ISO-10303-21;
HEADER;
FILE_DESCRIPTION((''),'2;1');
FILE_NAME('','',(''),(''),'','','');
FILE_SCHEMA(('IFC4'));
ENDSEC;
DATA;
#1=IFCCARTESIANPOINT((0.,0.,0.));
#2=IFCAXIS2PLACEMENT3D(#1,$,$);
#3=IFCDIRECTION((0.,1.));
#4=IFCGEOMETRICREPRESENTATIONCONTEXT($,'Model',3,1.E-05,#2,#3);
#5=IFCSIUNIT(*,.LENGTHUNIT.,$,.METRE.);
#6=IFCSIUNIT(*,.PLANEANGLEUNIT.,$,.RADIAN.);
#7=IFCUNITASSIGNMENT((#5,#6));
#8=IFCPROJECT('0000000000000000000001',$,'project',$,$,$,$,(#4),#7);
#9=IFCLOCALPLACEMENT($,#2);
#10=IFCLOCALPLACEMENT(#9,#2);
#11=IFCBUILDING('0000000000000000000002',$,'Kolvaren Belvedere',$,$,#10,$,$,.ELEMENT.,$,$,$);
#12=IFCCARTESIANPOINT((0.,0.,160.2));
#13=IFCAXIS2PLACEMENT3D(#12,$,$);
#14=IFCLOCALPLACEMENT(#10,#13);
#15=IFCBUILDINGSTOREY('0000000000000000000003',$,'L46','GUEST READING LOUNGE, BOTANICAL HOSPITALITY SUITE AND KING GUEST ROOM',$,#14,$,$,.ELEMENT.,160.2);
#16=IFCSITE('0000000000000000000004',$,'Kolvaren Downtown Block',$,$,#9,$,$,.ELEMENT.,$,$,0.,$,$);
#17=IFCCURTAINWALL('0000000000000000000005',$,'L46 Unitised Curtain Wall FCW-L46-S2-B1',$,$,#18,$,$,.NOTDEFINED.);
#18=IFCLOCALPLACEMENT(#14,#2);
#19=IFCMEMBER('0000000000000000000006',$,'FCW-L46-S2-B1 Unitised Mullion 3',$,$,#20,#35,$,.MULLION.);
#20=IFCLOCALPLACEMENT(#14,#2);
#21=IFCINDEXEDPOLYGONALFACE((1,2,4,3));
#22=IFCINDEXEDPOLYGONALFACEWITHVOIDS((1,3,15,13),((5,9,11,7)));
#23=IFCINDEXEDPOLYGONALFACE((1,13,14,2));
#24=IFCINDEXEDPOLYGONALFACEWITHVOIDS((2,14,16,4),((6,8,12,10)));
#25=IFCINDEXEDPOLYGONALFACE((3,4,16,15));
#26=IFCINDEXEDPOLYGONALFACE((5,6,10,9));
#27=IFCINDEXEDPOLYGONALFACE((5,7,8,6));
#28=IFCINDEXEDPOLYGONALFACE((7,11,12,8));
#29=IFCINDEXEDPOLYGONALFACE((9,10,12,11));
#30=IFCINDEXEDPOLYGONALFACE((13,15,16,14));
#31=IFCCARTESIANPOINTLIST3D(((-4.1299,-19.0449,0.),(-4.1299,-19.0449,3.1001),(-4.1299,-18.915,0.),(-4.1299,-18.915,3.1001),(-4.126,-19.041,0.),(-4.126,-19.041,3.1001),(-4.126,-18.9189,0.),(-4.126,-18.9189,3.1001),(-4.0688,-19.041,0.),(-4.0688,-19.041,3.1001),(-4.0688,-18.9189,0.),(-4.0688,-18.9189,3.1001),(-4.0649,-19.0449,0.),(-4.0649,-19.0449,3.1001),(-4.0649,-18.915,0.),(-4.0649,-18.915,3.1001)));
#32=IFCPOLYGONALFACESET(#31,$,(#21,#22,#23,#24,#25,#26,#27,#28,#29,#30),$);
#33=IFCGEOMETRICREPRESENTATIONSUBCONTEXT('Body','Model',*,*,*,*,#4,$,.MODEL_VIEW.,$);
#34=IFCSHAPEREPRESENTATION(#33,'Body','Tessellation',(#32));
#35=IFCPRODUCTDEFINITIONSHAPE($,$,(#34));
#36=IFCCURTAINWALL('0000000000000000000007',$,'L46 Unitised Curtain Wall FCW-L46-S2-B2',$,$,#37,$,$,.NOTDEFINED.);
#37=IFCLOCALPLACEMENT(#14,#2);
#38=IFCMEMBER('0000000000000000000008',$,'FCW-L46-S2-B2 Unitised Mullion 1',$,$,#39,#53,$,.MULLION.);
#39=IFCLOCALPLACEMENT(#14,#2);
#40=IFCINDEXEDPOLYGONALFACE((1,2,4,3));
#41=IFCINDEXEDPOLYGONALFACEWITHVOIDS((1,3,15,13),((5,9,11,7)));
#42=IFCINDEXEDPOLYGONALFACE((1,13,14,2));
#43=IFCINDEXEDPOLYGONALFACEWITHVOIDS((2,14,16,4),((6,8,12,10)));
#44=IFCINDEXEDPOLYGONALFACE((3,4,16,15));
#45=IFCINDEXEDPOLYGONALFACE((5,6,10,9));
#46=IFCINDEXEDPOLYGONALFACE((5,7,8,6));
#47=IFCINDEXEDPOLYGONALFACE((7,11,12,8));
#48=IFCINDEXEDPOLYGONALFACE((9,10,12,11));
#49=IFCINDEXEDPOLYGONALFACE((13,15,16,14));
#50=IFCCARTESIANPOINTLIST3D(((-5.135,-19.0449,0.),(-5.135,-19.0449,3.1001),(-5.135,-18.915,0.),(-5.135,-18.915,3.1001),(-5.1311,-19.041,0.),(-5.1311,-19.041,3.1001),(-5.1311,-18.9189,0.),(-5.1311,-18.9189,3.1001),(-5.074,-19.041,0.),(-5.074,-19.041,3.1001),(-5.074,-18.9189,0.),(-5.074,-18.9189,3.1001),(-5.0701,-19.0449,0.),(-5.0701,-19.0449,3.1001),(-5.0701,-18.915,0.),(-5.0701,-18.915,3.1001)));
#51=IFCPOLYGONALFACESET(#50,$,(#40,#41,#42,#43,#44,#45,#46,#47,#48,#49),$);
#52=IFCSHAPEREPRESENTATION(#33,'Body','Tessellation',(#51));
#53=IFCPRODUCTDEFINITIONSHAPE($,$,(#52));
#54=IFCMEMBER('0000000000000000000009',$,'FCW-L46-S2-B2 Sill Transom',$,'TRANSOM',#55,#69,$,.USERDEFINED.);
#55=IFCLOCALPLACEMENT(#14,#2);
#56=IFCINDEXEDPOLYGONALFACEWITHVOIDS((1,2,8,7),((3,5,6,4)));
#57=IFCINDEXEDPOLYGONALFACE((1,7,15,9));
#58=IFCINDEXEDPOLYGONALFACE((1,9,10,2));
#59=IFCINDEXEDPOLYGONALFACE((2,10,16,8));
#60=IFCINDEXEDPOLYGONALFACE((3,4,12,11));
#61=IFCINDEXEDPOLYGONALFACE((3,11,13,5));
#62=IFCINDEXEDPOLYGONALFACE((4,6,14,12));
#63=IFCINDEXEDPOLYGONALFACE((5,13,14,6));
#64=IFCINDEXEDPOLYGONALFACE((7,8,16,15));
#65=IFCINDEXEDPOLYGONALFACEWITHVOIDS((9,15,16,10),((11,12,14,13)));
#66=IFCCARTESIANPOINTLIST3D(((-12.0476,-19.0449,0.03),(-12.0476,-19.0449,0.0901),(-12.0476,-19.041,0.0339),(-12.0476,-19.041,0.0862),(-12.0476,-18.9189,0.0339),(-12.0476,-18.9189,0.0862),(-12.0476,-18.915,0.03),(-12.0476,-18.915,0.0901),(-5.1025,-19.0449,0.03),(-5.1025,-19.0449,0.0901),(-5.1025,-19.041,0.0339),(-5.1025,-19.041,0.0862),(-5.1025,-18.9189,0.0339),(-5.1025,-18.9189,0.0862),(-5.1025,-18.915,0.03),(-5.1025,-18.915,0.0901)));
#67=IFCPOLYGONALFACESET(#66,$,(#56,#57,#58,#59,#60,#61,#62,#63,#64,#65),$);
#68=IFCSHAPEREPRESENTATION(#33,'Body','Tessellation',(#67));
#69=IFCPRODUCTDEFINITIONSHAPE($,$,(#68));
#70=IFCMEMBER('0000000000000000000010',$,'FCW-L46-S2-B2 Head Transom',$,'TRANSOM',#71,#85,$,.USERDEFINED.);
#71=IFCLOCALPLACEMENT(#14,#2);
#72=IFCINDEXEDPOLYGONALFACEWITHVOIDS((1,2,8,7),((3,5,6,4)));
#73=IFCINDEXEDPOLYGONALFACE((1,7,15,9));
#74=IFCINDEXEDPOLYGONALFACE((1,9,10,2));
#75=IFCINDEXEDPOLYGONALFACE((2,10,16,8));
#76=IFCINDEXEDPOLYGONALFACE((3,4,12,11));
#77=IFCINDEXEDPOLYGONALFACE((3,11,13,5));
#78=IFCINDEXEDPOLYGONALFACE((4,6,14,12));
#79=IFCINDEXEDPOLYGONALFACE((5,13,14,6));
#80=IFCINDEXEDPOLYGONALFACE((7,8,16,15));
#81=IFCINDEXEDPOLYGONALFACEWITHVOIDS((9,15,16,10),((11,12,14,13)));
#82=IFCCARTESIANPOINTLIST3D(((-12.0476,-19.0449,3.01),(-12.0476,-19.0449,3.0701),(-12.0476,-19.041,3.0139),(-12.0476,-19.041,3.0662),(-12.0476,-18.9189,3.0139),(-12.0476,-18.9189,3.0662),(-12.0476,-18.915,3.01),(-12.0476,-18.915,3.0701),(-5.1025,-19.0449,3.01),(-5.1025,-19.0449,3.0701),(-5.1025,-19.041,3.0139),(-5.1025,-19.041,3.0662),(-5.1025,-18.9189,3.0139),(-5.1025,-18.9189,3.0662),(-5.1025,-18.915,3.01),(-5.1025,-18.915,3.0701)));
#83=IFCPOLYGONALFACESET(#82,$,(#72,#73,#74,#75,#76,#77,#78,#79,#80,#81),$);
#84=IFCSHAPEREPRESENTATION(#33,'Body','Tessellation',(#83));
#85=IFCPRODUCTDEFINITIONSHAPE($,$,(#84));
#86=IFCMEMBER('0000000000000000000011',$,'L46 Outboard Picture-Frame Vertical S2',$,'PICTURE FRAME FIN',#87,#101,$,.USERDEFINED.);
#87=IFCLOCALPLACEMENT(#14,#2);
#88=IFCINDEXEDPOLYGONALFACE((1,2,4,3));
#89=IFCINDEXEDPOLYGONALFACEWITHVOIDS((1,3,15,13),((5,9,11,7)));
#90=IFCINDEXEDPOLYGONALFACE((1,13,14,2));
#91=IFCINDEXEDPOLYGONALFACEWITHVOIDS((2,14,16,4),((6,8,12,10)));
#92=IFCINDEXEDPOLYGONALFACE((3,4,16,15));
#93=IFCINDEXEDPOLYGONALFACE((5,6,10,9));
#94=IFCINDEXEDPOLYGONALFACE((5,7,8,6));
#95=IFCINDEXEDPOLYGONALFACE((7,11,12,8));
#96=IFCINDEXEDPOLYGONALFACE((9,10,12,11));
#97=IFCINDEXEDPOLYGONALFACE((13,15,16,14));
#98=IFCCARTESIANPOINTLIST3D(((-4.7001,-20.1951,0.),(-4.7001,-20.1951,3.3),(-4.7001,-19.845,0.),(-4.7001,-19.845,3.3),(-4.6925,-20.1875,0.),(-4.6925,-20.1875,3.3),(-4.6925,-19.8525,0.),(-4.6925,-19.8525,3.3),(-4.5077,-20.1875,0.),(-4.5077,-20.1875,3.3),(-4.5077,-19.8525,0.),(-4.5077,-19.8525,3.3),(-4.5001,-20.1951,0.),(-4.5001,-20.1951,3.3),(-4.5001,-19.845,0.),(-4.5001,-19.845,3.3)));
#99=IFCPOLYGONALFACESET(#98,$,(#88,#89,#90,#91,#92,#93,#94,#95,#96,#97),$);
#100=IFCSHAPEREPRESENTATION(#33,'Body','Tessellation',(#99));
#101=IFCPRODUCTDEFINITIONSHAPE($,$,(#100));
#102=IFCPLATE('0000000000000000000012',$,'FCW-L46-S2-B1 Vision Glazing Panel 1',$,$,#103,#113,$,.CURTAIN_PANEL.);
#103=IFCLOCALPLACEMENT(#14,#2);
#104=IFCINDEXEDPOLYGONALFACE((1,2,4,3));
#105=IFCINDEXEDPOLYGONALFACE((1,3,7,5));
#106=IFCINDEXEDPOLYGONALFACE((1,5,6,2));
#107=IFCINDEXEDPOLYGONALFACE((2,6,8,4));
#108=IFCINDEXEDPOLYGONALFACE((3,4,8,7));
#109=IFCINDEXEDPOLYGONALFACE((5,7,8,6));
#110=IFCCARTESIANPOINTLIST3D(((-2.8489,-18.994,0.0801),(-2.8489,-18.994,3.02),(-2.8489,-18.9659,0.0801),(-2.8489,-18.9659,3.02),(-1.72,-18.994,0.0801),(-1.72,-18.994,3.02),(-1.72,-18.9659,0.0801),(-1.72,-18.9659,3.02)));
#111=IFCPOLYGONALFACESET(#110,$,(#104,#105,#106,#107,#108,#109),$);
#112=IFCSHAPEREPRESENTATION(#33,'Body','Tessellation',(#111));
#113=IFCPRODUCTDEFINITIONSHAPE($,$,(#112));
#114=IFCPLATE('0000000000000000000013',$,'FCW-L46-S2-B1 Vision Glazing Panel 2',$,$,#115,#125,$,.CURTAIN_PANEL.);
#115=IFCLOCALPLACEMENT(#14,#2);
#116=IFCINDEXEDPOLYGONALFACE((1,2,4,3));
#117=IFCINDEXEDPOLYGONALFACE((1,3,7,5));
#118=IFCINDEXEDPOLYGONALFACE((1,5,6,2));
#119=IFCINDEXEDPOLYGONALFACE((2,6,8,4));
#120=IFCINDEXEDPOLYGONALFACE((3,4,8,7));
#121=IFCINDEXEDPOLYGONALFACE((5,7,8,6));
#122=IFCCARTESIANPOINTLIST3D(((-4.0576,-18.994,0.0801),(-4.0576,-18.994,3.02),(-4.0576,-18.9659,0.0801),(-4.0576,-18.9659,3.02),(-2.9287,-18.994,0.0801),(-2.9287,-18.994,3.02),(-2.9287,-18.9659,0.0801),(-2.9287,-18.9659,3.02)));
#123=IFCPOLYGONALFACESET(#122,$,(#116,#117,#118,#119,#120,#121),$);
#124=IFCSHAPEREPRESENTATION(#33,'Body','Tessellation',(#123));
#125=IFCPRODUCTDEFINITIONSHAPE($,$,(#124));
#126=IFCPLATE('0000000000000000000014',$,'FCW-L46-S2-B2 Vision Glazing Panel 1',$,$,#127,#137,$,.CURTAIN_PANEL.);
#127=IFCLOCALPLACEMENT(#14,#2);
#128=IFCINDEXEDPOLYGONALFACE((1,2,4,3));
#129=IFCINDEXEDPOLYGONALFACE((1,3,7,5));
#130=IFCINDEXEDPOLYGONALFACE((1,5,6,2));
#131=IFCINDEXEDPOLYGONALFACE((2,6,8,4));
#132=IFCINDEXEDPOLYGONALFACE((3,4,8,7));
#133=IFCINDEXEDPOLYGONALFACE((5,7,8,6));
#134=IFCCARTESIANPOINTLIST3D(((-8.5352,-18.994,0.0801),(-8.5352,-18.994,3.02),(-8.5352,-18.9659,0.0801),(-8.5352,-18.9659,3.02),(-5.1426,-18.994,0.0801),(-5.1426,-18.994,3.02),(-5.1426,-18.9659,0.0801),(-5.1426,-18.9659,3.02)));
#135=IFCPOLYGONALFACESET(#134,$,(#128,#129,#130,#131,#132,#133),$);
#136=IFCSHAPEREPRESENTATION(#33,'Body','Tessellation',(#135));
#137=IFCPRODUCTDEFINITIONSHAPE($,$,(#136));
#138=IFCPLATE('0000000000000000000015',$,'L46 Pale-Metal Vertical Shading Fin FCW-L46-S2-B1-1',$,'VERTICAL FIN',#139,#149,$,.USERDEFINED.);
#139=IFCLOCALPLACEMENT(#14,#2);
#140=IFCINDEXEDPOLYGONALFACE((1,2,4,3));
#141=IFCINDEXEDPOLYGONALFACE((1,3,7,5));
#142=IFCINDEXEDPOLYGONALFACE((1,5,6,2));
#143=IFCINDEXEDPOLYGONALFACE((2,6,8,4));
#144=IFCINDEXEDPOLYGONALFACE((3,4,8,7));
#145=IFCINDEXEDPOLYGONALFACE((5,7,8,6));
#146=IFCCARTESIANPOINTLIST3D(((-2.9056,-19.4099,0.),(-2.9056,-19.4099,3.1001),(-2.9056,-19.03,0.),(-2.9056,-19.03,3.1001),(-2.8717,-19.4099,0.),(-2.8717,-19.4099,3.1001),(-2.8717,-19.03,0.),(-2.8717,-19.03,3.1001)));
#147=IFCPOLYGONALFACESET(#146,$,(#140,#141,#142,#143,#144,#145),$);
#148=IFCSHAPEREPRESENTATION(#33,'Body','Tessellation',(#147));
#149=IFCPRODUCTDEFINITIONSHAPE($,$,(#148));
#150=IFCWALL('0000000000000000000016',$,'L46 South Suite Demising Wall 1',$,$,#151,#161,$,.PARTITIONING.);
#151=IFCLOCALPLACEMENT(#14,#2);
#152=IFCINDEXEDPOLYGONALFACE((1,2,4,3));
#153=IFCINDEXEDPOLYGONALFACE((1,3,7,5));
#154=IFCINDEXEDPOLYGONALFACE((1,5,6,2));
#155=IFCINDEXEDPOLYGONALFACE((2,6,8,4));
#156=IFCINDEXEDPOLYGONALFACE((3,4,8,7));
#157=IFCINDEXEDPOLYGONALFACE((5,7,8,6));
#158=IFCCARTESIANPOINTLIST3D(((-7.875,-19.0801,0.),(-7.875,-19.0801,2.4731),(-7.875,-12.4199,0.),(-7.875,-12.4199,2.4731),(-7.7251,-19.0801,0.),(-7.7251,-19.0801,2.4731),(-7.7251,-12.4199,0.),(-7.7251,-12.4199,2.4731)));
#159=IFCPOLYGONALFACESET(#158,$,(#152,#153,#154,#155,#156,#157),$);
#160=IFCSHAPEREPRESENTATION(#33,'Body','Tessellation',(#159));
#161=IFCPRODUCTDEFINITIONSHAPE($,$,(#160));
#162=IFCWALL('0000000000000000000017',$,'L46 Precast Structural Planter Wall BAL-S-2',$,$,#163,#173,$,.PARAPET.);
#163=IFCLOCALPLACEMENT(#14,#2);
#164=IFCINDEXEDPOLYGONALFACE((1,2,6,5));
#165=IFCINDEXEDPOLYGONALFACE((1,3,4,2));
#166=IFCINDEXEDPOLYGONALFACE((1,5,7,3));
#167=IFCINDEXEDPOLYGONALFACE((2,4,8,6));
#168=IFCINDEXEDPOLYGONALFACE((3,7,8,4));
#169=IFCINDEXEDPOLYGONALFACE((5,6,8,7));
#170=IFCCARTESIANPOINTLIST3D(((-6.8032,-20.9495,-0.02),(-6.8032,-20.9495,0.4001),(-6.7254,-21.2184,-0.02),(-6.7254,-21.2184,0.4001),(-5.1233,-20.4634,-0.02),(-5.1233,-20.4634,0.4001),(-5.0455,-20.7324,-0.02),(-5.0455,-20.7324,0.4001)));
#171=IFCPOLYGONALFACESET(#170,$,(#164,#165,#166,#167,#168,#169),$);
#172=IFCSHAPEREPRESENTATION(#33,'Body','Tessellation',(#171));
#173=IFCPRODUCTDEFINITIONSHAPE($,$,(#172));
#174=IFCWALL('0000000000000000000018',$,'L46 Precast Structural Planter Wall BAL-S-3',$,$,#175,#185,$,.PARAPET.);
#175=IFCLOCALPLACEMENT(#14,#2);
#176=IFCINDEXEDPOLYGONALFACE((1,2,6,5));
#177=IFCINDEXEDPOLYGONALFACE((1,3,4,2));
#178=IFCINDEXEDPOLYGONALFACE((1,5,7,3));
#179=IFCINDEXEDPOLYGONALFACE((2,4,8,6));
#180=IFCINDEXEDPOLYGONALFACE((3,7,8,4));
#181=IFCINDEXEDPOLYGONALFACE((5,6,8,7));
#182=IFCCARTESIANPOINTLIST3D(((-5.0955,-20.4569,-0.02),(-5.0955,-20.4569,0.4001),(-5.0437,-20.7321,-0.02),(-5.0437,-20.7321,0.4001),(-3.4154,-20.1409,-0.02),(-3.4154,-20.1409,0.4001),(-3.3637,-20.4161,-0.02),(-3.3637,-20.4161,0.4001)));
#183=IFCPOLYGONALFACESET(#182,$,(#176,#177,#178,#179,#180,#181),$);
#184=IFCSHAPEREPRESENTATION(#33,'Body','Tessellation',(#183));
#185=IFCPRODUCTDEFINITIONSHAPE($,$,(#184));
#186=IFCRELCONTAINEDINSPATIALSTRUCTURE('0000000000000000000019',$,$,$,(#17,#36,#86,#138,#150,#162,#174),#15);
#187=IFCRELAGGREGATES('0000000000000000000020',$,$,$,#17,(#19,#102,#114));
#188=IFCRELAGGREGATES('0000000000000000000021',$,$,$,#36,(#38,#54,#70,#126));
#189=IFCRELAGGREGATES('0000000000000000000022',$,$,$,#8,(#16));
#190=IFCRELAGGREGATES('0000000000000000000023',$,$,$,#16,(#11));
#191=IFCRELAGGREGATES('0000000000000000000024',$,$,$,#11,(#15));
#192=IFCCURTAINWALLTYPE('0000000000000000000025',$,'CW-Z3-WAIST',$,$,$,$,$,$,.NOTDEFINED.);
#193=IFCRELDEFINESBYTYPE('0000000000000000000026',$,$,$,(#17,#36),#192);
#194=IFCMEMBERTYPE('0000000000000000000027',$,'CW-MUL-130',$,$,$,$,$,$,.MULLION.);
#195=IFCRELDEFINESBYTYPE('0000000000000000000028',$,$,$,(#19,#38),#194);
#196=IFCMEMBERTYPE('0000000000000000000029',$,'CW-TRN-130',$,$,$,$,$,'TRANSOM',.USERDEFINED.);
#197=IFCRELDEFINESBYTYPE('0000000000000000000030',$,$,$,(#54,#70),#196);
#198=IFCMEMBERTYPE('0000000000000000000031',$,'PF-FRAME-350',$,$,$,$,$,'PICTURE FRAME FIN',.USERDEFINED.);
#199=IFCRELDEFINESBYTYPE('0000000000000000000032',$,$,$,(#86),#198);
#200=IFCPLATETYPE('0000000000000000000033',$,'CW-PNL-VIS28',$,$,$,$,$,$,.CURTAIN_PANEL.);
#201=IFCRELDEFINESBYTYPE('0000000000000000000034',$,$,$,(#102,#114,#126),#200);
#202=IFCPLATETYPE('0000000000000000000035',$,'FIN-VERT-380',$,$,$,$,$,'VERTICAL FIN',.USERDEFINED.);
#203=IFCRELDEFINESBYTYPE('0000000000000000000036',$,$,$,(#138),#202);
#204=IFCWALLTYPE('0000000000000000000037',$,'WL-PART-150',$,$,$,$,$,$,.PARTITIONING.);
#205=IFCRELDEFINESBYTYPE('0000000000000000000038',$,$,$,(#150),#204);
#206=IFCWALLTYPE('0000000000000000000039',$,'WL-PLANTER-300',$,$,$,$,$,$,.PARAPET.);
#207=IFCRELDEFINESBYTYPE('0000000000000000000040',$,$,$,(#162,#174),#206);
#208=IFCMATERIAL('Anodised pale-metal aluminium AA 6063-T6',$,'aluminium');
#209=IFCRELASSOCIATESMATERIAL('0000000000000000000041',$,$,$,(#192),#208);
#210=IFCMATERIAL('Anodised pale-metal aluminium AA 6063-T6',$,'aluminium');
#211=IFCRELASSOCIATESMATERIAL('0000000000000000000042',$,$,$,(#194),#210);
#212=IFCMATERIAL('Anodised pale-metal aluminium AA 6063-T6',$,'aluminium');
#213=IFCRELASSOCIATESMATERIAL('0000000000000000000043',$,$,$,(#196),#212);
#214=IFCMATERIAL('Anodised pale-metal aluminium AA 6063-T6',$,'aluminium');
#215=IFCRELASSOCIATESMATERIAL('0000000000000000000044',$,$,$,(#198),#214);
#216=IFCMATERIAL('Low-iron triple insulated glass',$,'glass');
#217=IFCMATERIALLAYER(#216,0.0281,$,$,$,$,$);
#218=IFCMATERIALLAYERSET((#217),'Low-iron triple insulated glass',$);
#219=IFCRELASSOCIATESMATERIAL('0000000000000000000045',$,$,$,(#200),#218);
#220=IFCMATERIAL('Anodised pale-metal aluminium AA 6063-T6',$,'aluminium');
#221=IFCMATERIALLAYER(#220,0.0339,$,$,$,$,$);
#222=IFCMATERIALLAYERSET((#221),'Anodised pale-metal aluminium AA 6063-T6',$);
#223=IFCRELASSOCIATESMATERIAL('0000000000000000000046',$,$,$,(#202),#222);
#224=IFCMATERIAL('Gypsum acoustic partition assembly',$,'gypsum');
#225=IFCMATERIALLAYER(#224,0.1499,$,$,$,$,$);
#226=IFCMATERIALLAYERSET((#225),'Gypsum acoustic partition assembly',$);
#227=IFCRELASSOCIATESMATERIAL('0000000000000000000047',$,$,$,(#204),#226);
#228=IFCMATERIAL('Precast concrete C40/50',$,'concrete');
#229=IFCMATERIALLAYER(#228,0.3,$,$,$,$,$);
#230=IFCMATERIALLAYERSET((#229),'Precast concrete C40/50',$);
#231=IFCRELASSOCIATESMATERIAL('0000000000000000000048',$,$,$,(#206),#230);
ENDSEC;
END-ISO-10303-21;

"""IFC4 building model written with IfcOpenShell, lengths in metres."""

from ifc_helpers import new_model, si_unit, direction, frame, frame_2d, origin, origin_2d, place, context, subcontext, project, spatial, rectangle, hollow_rectangle, extrude, material, layer, layer_set, material_profile, profile_set, type_object, element, aggregate, save


model = new_model("IFC4")

# Units and contexts
model_context = context("Model", 3, precision=1e-05, world=origin(), true_north=direction((0.0, 1.0)))
body_context = subcontext(model_context, "Body", "Model", "MODEL_VIEW")
ifc_project = project(units=[si_unit("LENGTHUNIT", "METRE"), si_unit("PLANEANGLEUNIT", "RADIAN")], contexts=[model_context])

# Site, building, storey
site_placement = place(None, origin())
site = spatial("IfcSite", under=ifc_project, at=site_placement, Name="Kolvaren Downtown Block", CompositionType="ELEMENT", RefElevation=0.0)
building_placement = place(site_placement, origin())
building = spatial("IfcBuilding", under=site, at=building_placement, Name="Kolvaren Belvedere", CompositionType="ELEMENT")
storey_placement = place(building_placement, frame((0.0, 0.0, 160.2)))
storey = spatial("IfcBuildingStorey", under=building, at=storey_placement, Name="L46", Description="GUEST READING LOUNGE, BOTANICAL HOSPITALITY SUITE AND KING GUEST ROOM", CompositionType="ELEMENT", Elevation=160.2)

# Curtain walls, members
ifc_material_1 = material(Name="Anodised pale-metal aluminium AA 6063-T6", Category="aluminium")
curtain_wall_type = type_object("IfcCurtainWallType", Name="CW-Z3-WAIST", PredefinedType="NOTDEFINED", material=ifc_material_1)
curtain_wall_1_placement = place(storey_placement, origin())
curtain_wall_1 = element("IfcCurtainWall", 1, at=curtain_wall_1_placement, inside=storey, type_object=curtain_wall_type, Name="L46 Unitised Curtain Wall FCW-L46-S2-B1", PredefinedType="NOTDEFINED")
ifc_material_2 = material(Name="Anodised pale-metal aluminium AA 6063-T6", Category="aluminium")
ifc_material_profile_1 = material_profile(ifc_material_2, hollow_rectangle(XDim=0.0649, YDim=0.1299, WallThickness=0.0039, at=origin_2d()), Name="ALU-MUL-130X65")
ifc_profile_set_1 = profile_set([ifc_material_profile_1], Name="Anodised pale-metal aluminium AA 6063-T6")
member_type_1 = type_object("IfcMemberType", Name="CW-MUL-130", PredefinedType="MULLION", material=ifc_profile_set_1)
member_1_placement = place(storey_placement, frame((-4.0974, -18.98, 0.0), z_axis=(0.0, 0.0, 1.0), x_axis=(1.0, 0.0, 0.0)))
member_1 = element("IfcMember", 2, at=member_1_placement, type_object=member_type_1, Name="FCW-L46-S2-B1 Unitised Mullion 3", PredefinedType="MULLION", context=body_context, shape_type="SweptSolid", body=[
    extrude(hollow_rectangle(XDim=0.0649, YDim=0.1299, WallThickness=0.0039, at=origin_2d()), origin(), (0.0, 0.0, 1.0), 3.1001),
])
curtain_wall_2_placement = place(storey_placement, origin())
curtain_wall_2 = element("IfcCurtainWall", 3, at=curtain_wall_2_placement, inside=storey, type_object=curtain_wall_type, Name="L46 Unitised Curtain Wall FCW-L46-S2-B2", PredefinedType="NOTDEFINED")
member_2_placement = place(storey_placement, frame((-5.1025, -18.98, 0.0), z_axis=(0.0, 0.0, 1.0), x_axis=(1.0, 0.0, 0.0)))
member_2 = element("IfcMember", 4, at=member_2_placement, type_object=member_type_1, Name="FCW-L46-S2-B2 Unitised Mullion 1", PredefinedType="MULLION", context=body_context, shape_type="SweptSolid", body=[
    extrude(hollow_rectangle(XDim=0.0649, YDim=0.1299, WallThickness=0.0039, at=origin_2d()), origin(), (0.0, 0.0, 1.0), 3.1001),
])
ifc_material_3 = material(Name="Anodised pale-metal aluminium AA 6063-T6", Category="aluminium")
ifc_material_profile_2 = material_profile(ifc_material_3, hollow_rectangle(XDim=0.0601, YDim=0.1299, WallThickness=0.0039, at=origin_2d()), Name="ALU-TRN-130X60")
ifc_profile_set_2 = profile_set([ifc_material_profile_2], Name="Anodised pale-metal aluminium AA 6063-T6")
member_type_2 = type_object("IfcMemberType", Name="CW-TRN-130", ElementType="TRANSOM", PredefinedType="USERDEFINED", material=ifc_profile_set_2)
member_3_placement = place(storey_placement, frame((-5.1025, -18.98, 0.0601), z_axis=(-1.0, 0.0, 0.0), x_axis=(0.0, 0.0, 1.0)))
member_3 = element("IfcMember", 5, at=member_3_placement, type_object=member_type_2, Name="FCW-L46-S2-B2 Sill Transom", ObjectType="TRANSOM", PredefinedType="USERDEFINED", context=body_context, shape_type="SweptSolid", body=[
    extrude(hollow_rectangle(XDim=0.0601, YDim=0.1299, WallThickness=0.0039, at=origin_2d()), origin(), (0.0, 0.0, 1.0), 6.9451),
])
member_4_placement = place(storey_placement, frame((-5.1025, -18.98, 3.04), z_axis=(-1.0, 0.0, 0.0), x_axis=(0.0, 0.0, 1.0)))
member_4 = element("IfcMember", 6, at=member_4_placement, type_object=member_type_2, Name="FCW-L46-S2-B2 Head Transom", ObjectType="TRANSOM", PredefinedType="USERDEFINED", context=body_context, shape_type="SweptSolid", body=[
    extrude(hollow_rectangle(XDim=0.0601, YDim=0.1299, WallThickness=0.0039, at=origin_2d()), origin(), (0.0, 0.0, 1.0), 6.9451),
])

# Member
ifc_material_4 = material(Name="Anodised pale-metal aluminium AA 6063-T6", Category="aluminium")
ifc_material_profile_3 = material_profile(ifc_material_4, hollow_rectangle(XDim=0.2, YDim=0.3501, WallThickness=0.0076, at=origin_2d()), Name="ALU-PF-350X200")
ifc_profile_set_3 = profile_set([ifc_material_profile_3], Name="Anodised pale-metal aluminium AA 6063-T6")
member_type_3 = type_object("IfcMemberType", Name="PF-FRAME-350", ElementType="PICTURE FRAME FIN", PredefinedType="USERDEFINED", material=ifc_profile_set_3)
member_5_placement = place(storey_placement, frame((-4.6001, -20.02, 0.0), z_axis=(0.0, 0.0, 1.0), x_axis=(1.0, 0.0, 0.0)))
element("IfcMember", 7, at=member_5_placement, inside=storey, type_object=member_type_3, Name="L46 Outboard Picture-Frame Vertical S2", ObjectType="PICTURE FRAME FIN", PredefinedType="USERDEFINED", context=body_context, shape_type="SweptSolid", body=[
    extrude(hollow_rectangle(XDim=0.2, YDim=0.3501, WallThickness=0.0076, at=origin_2d()), origin(), (0.0, 0.0, 1.0), 3.3),
])

# Plates
ifc_material_5 = material(Name="Low-iron triple insulated glass", Category="glass")
ifc_layer_1 = layer(ifc_material_5, 0.0281)
ifc_layer_set_1 = layer_set([ifc_layer_1], Name="Low-iron triple insulated glass")
plate_type_1 = type_object("IfcPlateType", Name="CW-PNL-VIS28", PredefinedType="CURTAIN_PANEL", material=ifc_layer_set_1)
plate_1_placement = place(storey_placement, frame((-2.2844, -18.98, 0.0801), z_axis=(0.0, 0.0, 1.0), x_axis=(-1.0, 0.0, 0.0)))
plate_1 = element("IfcPlate", 8, at=plate_1_placement, type_object=plate_type_1, Name="FCW-L46-S2-B1 Vision Glazing Panel 1", PredefinedType="CURTAIN_PANEL", context=body_context, shape_type="SweptSolid", body=[
    extrude(rectangle(XDim=1.1289, YDim=0.0281, at=origin_2d()), origin(), (0.0, 0.0, 1.0), 2.9399),
])
plate_2_placement = place(storey_placement, frame((-3.4932, -18.98, 0.0801), z_axis=(0.0, 0.0, 1.0), x_axis=(-1.0, 0.0, 0.0)))
plate_2 = element("IfcPlate", 9, at=plate_2_placement, type_object=plate_type_1, Name="FCW-L46-S2-B1 Vision Glazing Panel 2", PredefinedType="CURTAIN_PANEL", context=body_context, shape_type="SweptSolid", body=[
    extrude(rectangle(XDim=1.1289, YDim=0.0281, at=origin_2d()), origin(), (0.0, 0.0, 1.0), 2.9399),
])
aggregate(curtain_wall_1, [member_1, plate_1, plate_2])
plate_3_placement = place(storey_placement, frame((-6.8389, -18.98, 0.0801), z_axis=(0.0, 0.0, 1.0), x_axis=(-1.0, 0.0, 0.0)))
plate_3 = element("IfcPlate", 10, at=plate_3_placement, type_object=plate_type_1, Name="FCW-L46-S2-B2 Vision Glazing Panel 1", PredefinedType="CURTAIN_PANEL", context=body_context, shape_type="SweptSolid", body=[
    extrude(rectangle(XDim=3.3926, YDim=0.0281, at=origin_2d()), origin(), (0.0, 0.0, 1.0), 2.9399),
])
aggregate(curtain_wall_2, [member_2, member_3, member_4, plate_3])
ifc_material_6 = material(Name="Anodised pale-metal aluminium AA 6063-T6", Category="aluminium")
ifc_layer_2 = layer(ifc_material_6, 0.0339)
ifc_layer_set_2 = layer_set([ifc_layer_2], Name="Anodised pale-metal aluminium AA 6063-T6")
plate_type_2 = type_object("IfcPlateType", Name="FIN-VERT-380", ElementType="VERTICAL FIN", PredefinedType="USERDEFINED", material=ifc_layer_set_2)
plate_4_placement = place(storey_placement, frame((-2.8887, -19.22, 0.0), z_axis=(0.0, 0.0, 1.0), x_axis=(0.0, 1.0, 0.0)))
element("IfcPlate", 11, at=plate_4_placement, inside=storey, type_object=plate_type_2, Name="L46 Pale-Metal Vertical Shading Fin FCW-L46-S2-B1-1", ObjectType="VERTICAL FIN", PredefinedType="USERDEFINED", context=body_context, shape_type="SweptSolid", body=[
    extrude(rectangle(XDim=0.3799, YDim=0.0339, at=origin_2d()), origin(), (0.0, 0.0, 1.0), 3.1001),
])

# Walls
ifc_material_7 = material(Name="Gypsum acoustic partition assembly", Category="gypsum")
ifc_layer_3 = layer(ifc_material_7, 0.1499)
ifc_layer_set_3 = layer_set([ifc_layer_3], Name="Gypsum acoustic partition assembly")
wall_type_1 = type_object("IfcWallType", Name="WL-PART-150", PredefinedType="PARTITIONING", material=ifc_layer_set_3)
wall_1_placement = place(storey_placement, frame((-7.8, -19.0801, 0.0), z_axis=(0.0, 0.0, 1.0), x_axis=(0.0, 1.0, 0.0)))
element("IfcWall", 12, at=wall_1_placement, inside=storey, type_object=wall_type_1, Name="L46 South Suite Demising Wall 1", PredefinedType="PARTITIONING", context=body_context, shape_type="SweptSolid", body=[
    extrude(rectangle(XDim=6.6602, YDim=0.1499, at=frame_2d((3.3301, 0.0))), origin(), (0.0, 0.0, 1.0), 2.4731),
])
ifc_material_8 = material(Name="Precast concrete C40/50", Category="concrete")
ifc_layer_4 = layer(ifc_material_8, 0.3)
ifc_layer_set_4 = layer_set([ifc_layer_4], Name="Precast concrete C40/50")
wall_type_2 = type_object("IfcWallType", Name="WL-PLANTER-300", PredefinedType="PARAPET", material=ifc_layer_set_4)
wall_2_placement = place(storey_placement, frame((-6.7644, -21.084, -0.02), z_axis=(0.0, 0.0, 1.0), x_axis=(0.960597, 0.277946, 0.0)))
element("IfcWall", 13, at=wall_2_placement, inside=storey, type_object=wall_type_2, Name="L46 Precast Structural Planter Wall BAL-S-2", PredefinedType="PARAPET", context=body_context, shape_type="SweptSolid", body=[
    extrude(rectangle(XDim=1.7488, YDim=0.28, at=frame_2d((0.8745, 0.0))), origin(), (0.0, 0.0, 1.0), 0.4202),
])
wall_3_placement = place(storey_placement, frame((-5.0696, -20.5945, -0.02), z_axis=(0.0, 0.0, 1.0), x_axis=(0.982773, 0.184815, 0.0)))
element("IfcWall", 14, at=wall_3_placement, inside=storey, type_object=wall_type_2, Name="L46 Precast Structural Planter Wall BAL-S-3", PredefinedType="PARAPET", context=body_context, shape_type="SweptSolid", body=[
    extrude(rectangle(XDim=1.7095, YDim=0.28, at=frame_2d((0.8547, 0.0))), origin(), (0.0, 0.0, 1.0), 0.4202),
])

save(model, "model.ifc")
